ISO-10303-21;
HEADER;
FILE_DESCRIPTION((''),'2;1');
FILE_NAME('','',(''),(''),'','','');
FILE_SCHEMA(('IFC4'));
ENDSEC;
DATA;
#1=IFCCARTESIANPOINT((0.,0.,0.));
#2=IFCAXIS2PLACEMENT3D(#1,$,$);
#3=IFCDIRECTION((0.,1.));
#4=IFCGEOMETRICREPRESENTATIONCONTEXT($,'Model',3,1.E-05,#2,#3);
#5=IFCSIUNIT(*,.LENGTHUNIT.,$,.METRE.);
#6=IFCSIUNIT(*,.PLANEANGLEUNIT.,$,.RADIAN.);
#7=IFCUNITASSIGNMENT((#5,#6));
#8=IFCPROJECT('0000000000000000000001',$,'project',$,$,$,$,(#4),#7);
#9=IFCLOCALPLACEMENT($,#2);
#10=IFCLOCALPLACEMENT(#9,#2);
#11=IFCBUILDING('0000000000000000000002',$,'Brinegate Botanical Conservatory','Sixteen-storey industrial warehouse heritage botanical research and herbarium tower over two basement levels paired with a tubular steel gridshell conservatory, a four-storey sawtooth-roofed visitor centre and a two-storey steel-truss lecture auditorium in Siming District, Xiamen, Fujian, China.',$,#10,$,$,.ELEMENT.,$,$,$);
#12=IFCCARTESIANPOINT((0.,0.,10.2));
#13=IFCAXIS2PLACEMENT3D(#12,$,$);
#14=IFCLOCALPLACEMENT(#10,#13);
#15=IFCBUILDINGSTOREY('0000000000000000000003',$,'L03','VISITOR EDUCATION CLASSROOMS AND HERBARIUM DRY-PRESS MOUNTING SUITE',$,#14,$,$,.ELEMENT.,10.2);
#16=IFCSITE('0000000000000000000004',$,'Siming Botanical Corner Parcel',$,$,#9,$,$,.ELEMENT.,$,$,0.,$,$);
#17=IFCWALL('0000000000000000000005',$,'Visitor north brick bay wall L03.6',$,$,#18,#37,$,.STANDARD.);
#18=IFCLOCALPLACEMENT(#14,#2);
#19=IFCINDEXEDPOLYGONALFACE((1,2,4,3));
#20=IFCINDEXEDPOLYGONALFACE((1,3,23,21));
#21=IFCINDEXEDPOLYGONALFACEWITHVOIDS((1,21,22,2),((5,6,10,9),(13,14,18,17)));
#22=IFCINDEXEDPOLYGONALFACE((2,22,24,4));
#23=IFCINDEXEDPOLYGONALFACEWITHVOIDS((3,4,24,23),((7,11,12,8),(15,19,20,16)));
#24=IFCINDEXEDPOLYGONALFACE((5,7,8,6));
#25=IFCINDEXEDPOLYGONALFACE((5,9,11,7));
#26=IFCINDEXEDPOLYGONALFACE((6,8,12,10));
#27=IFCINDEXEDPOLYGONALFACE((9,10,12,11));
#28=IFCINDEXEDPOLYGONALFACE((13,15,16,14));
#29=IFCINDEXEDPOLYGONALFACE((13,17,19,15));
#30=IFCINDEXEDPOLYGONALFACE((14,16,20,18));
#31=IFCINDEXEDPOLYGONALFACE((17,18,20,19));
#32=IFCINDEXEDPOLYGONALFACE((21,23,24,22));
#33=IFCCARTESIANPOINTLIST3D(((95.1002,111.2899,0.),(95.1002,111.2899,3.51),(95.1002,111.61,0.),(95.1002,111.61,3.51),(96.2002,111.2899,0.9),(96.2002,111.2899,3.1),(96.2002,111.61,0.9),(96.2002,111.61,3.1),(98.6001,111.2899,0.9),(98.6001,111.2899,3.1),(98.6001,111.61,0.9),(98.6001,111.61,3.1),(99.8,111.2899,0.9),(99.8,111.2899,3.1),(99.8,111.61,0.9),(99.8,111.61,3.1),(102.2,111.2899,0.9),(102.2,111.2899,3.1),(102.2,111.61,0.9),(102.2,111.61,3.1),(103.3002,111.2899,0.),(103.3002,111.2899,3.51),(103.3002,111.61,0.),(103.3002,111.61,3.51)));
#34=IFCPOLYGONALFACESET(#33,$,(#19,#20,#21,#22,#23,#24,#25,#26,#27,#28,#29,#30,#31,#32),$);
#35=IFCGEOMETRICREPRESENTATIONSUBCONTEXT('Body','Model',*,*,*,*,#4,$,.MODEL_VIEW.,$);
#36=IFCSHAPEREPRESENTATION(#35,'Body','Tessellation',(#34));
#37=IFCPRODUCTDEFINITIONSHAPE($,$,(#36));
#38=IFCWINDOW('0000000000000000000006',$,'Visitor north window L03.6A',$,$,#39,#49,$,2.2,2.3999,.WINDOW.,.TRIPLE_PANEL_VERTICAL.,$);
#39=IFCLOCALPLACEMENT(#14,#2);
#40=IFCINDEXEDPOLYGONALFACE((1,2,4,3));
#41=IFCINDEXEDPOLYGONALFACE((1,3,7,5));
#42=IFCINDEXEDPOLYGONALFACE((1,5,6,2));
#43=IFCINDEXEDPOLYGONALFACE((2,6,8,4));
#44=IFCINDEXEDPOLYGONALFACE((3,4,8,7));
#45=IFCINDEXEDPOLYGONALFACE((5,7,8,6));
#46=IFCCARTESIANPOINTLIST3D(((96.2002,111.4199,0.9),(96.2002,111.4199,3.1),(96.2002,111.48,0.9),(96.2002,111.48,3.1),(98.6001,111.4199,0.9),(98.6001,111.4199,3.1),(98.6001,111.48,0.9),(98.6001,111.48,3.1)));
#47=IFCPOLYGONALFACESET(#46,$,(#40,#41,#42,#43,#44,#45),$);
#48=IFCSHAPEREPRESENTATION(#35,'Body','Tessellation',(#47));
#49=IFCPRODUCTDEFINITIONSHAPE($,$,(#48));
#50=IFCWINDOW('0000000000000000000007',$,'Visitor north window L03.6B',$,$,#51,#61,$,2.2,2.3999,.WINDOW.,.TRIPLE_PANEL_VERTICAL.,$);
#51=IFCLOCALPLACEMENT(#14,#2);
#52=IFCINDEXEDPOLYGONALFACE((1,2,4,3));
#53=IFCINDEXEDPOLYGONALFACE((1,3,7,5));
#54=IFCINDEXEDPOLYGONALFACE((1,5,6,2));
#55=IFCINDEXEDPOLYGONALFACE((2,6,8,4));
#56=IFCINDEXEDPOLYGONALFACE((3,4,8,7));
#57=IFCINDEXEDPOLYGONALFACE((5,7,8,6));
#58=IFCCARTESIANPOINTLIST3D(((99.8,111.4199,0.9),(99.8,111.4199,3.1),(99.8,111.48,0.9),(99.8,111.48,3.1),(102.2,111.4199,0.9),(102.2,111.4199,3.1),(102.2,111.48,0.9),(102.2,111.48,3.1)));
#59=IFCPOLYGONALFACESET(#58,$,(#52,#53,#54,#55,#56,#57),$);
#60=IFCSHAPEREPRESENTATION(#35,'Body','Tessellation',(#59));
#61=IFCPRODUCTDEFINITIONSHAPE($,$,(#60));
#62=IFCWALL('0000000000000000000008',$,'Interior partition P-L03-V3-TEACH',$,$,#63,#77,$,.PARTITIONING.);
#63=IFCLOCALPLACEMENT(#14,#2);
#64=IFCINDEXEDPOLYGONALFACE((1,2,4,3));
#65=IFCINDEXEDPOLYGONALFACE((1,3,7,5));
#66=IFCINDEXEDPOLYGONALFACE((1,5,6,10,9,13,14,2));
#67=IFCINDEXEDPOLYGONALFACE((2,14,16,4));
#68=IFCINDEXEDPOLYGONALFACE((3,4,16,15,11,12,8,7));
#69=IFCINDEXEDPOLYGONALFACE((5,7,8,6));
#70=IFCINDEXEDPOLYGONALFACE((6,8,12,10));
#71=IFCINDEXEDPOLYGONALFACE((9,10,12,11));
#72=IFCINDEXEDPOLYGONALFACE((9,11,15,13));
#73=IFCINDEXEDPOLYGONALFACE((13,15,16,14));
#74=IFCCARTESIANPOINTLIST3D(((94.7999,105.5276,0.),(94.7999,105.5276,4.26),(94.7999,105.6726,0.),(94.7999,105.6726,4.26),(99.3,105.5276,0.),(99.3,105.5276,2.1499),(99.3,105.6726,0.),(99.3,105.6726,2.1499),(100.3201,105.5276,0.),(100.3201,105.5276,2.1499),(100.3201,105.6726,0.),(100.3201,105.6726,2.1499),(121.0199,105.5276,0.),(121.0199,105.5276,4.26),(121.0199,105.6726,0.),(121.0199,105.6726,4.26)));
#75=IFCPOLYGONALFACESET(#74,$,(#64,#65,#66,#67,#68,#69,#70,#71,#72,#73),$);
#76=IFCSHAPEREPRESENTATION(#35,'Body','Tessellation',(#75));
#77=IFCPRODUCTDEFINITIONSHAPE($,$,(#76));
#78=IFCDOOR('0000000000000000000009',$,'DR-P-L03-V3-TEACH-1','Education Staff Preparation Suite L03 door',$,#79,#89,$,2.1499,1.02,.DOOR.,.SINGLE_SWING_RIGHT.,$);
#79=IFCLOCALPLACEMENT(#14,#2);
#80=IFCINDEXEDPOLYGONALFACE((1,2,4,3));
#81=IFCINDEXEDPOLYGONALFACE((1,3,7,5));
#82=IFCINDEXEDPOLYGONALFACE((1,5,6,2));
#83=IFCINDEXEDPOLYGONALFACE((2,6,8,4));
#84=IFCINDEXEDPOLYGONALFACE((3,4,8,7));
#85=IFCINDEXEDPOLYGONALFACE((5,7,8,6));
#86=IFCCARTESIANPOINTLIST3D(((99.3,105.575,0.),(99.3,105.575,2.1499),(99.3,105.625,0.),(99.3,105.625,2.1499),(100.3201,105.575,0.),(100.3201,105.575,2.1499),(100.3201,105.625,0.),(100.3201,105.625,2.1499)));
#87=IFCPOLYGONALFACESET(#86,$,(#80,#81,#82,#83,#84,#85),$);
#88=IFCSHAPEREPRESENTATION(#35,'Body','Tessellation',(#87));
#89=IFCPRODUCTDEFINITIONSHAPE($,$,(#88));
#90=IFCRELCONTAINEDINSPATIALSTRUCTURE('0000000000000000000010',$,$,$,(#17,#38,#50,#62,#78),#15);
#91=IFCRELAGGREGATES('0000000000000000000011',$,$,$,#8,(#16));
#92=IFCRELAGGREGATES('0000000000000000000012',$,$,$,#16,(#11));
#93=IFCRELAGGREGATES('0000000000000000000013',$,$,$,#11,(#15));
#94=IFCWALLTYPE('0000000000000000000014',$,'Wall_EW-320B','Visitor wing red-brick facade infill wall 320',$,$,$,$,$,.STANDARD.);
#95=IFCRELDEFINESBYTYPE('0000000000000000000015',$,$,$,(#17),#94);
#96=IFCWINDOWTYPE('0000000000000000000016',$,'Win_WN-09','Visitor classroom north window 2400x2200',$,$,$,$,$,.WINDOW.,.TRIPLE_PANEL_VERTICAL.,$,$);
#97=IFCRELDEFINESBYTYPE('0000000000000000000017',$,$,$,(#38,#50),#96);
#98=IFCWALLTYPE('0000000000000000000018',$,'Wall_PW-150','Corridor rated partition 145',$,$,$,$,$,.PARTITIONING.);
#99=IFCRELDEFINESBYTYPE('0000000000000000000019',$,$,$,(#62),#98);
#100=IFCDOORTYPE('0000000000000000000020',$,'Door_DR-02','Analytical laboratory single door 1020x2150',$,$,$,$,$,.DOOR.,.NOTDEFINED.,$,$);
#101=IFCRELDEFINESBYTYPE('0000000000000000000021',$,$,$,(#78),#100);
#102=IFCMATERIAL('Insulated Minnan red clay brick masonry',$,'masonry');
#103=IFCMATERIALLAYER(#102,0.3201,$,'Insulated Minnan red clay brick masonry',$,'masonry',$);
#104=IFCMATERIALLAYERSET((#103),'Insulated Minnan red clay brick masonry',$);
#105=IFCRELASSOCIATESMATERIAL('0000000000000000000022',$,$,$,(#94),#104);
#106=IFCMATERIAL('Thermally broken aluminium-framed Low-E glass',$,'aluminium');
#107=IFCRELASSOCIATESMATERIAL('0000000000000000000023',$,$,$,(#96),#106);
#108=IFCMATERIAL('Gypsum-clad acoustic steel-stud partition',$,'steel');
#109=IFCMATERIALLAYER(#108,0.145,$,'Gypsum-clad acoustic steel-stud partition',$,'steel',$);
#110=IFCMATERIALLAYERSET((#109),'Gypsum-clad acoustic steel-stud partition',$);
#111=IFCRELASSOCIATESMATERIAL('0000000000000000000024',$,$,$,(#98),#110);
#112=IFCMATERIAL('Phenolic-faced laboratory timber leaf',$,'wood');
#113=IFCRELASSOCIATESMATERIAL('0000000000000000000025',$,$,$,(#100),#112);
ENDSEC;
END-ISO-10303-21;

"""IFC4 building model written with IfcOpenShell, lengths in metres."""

from ifc_helpers import new_model, si_unit, direction, frame, frame_2d, origin, place, context, subcontext, project, spatial, rectangle, extrude, material, layer, layer_set, type_object, element, fill, save


model = new_model("IFC4")

# Units and contexts
model_context = context("Model", 3, precision=1e-05, world=origin(), true_north=direction((0.0, 1.0)))
body_context = subcontext(model_context, "Body", "Model", "MODEL_VIEW")
ifc_project = project(units=[si_unit("LENGTHUNIT", "METRE"), si_unit("PLANEANGLEUNIT", "RADIAN")], contexts=[model_context])

# Site, building, storey
site_placement = place(None, origin())
site = spatial("IfcSite", under=ifc_project, at=site_placement, Name="Siming Botanical Corner Parcel", CompositionType="ELEMENT", RefElevation=0.0)
building_placement = place(site_placement, origin())
building = spatial("IfcBuilding", under=site, at=building_placement, Name="Brinegate Botanical Conservatory", Description="Sixteen-storey industrial warehouse heritage botanical research and herbarium tower over two basement levels paired with a tubular steel gridshell conservatory, a four-storey sawtooth-roofed visitor centre and a two-storey steel-truss lecture auditorium in Siming District, Xiamen, Fujian, China.", CompositionType="ELEMENT")
storey_placement = place(building_placement, frame((0.0, 0.0, 10.2)))
storey = spatial("IfcBuildingStorey", under=building, at=storey_placement, Name="L03", Description="VISITOR EDUCATION CLASSROOMS AND HERBARIUM DRY-PRESS MOUNTING SUITE", CompositionType="ELEMENT", Elevation=10.2)

# Wall, openings, windows
ifc_material_1 = material(Name="Insulated Minnan red clay brick masonry", Category="masonry")
ifc_layer_1 = layer(ifc_material_1, 0.3201, Name="Insulated Minnan red clay brick masonry", Category="masonry")
ifc_layer_set_1 = layer_set([ifc_layer_1], Name="Insulated Minnan red clay brick masonry")
wall_type_1 = type_object("IfcWallType", Name="Wall_EW-320B", Description="Visitor wing red-brick facade infill wall 320", PredefinedType="STANDARD", material=ifc_layer_set_1)
wall_1_placement = place(storey_placement, frame((95.1001, 111.45, 0.0), z_axis=(0.0, 0.0, 1.0), x_axis=(1.0, 0.0, 0.0)))
wall_1 = element("IfcWall", 1, at=wall_1_placement, inside=storey, type_object=wall_type_1, Name="Visitor north brick bay wall L03.6", PredefinedType="STANDARD", context=body_context, shape_type="SweptSolid", body=[
    extrude(rectangle(XDim=8.2, YDim=0.3201, at=frame_2d((4.1001, 0.0))), origin(), (0.0, 0.0, 1.0), 3.51),
])
opening_1_placement = place(wall_1_placement, frame((1.1001, 0.0, 0.8999)))
opening_1 = element("IfcOpeningElement", 2, at=opening_1_placement, cuts=wall_1, PredefinedType="OPENING", context=body_context, shape_type="SweptSolid", body=[
    extrude(rectangle(XDim=2.3999, YDim=2.2, at=frame_2d((1.2, 1.1001))), frame((0.0, 0.1699, 0.0), z_axis=(0.0, -1.0, 0.0), x_axis=(1.0, 0.0, 0.0)), (0.0, 0.0, 1.0), 0.3401),
])
opening_2_placement = place(wall_1_placement, frame((4.7, 0.0, 0.8999)))
opening_2 = element("IfcOpeningElement", 3, at=opening_2_placement, cuts=wall_1, PredefinedType="OPENING", context=body_context, shape_type="SweptSolid", body=[
    extrude(rectangle(XDim=2.3999, YDim=2.2, at=frame_2d((1.2, 1.1001))), frame((0.0, 0.1699, 0.0), z_axis=(0.0, -1.0, 0.0), x_axis=(1.0, 0.0, 0.0)), (0.0, 0.0, 1.0), 0.3401),
])
ifc_material_2 = material(Name="Thermally broken aluminium-framed Low-E glass", Category="aluminium")
window_type = type_object("IfcWindowType", Name="Win_WN-09", Description="Visitor classroom north window 2400x2200", PartitioningType="TRIPLE_PANEL_VERTICAL", PredefinedType="WINDOW", material=ifc_material_2)
window_1_placement = place(opening_1_placement, origin())
window_1 = element("IfcWindow", 4, at=window_1_placement, inside=storey, type_object=window_type, Name="Visitor north window L03.6A", OverallHeight=2.2, OverallWidth=2.3999, PartitioningType="TRIPLE_PANEL_VERTICAL", PredefinedType="WINDOW", context=body_context, shape_type="SweptSolid", body=[
    extrude(rectangle(XDim=2.3999, YDim=2.2, at=frame_2d((1.2, 1.1001))), frame((0.0, 0.03, 0.0), z_axis=(0.0, -1.0, 0.0), x_axis=(1.0, 0.0, 0.0)), (0.0, 0.0, 1.0), 0.0601),
])
fill(opening_1, window_1)
window_2_placement = place(opening_2_placement, origin())
window_2 = element("IfcWindow", 5, at=window_2_placement, inside=storey, type_object=window_type, Name="Visitor north window L03.6B", OverallHeight=2.2, OverallWidth=2.3999, PartitioningType="TRIPLE_PANEL_VERTICAL", PredefinedType="WINDOW", context=body_context, shape_type="SweptSolid", body=[
    extrude(rectangle(XDim=2.3999, YDim=2.2, at=frame_2d((1.2, 1.1001))), frame((0.0, 0.03, 0.0), z_axis=(0.0, -1.0, 0.0), x_axis=(1.0, 0.0, 0.0)), (0.0, 0.0, 1.0), 0.0601),
])
fill(opening_2, window_2)

# Wall, opening, door
ifc_material_3 = material(Name="Gypsum-clad acoustic steel-stud partition", Category="steel")
ifc_layer_2 = layer(ifc_material_3, 0.145, Name="Gypsum-clad acoustic steel-stud partition", Category="steel")
ifc_layer_set_2 = layer_set([ifc_layer_2], Name="Gypsum-clad acoustic steel-stud partition")
wall_type_2 = type_object("IfcWallType", Name="Wall_PW-150", Description="Corridor rated partition 145", PredefinedType="PARTITIONING", material=ifc_layer_set_2)
wall_2_placement = place(storey_placement, frame((94.8, 105.6001, 0.0), z_axis=(0.0, 0.0, 1.0), x_axis=(1.0, 0.0, 0.0)))
wall_2 = element("IfcWall", 6, at=wall_2_placement, inside=storey, type_object=wall_type_2, Name="Interior partition P-L03-V3-TEACH", PredefinedType="PARTITIONING", context=body_context, shape_type="SweptSolid", body=[
    extrude(rectangle(XDim=26.22, YDim=0.145, at=frame_2d((13.1099, 0.0))), origin(), (0.0, 0.0, 1.0), 4.26),
])
opening_3_placement = place(wall_2_placement, frame((4.5, 0.0, 0.0)))
opening_3 = element("IfcOpeningElement", 7, at=opening_3_placement, cuts=wall_2, PredefinedType="OPENING", context=body_context, shape_type="SweptSolid", body=[
    extrude(rectangle(XDim=1.02, YDim=2.1499, at=frame_2d((0.51, 1.075))), frame((0.0, 0.0825, 0.0), z_axis=(0.0, -1.0, 0.0), x_axis=(1.0, 0.0, 0.0)), (0.0, 0.0, 1.0), 0.165),
])
ifc_material_4 = material(Name="Phenolic-faced laboratory timber leaf", Category="wood")
door_type = type_object("IfcDoorType", Name="Door_DR-02", Description="Analytical laboratory single door 1020x2150", OperationType="NOTDEFINED", PredefinedType="DOOR", material=ifc_material_4)
door_placement = place(opening_3_placement, origin())
door = element("IfcDoor", 8, at=door_placement, inside=storey, type_object=door_type, Name="DR-P-L03-V3-TEACH-1", Description="Education Staff Preparation Suite L03 door", OperationType="SINGLE_SWING_RIGHT", OverallHeight=2.1499, OverallWidth=1.02, PredefinedType="DOOR", context=body_context, shape_type="SweptSolid", body=[
    extrude(rectangle(XDim=1.02, YDim=2.1499, at=frame_2d((0.51, 1.075))), frame((0.0, 0.0249, 0.0), z_axis=(0.0, -1.0, 0.0), x_axis=(1.0, 0.0, 0.0)), (0.0, 0.0, 1.0), 0.05),
])
fill(opening_3, door)

save(model, "model.ifc")
